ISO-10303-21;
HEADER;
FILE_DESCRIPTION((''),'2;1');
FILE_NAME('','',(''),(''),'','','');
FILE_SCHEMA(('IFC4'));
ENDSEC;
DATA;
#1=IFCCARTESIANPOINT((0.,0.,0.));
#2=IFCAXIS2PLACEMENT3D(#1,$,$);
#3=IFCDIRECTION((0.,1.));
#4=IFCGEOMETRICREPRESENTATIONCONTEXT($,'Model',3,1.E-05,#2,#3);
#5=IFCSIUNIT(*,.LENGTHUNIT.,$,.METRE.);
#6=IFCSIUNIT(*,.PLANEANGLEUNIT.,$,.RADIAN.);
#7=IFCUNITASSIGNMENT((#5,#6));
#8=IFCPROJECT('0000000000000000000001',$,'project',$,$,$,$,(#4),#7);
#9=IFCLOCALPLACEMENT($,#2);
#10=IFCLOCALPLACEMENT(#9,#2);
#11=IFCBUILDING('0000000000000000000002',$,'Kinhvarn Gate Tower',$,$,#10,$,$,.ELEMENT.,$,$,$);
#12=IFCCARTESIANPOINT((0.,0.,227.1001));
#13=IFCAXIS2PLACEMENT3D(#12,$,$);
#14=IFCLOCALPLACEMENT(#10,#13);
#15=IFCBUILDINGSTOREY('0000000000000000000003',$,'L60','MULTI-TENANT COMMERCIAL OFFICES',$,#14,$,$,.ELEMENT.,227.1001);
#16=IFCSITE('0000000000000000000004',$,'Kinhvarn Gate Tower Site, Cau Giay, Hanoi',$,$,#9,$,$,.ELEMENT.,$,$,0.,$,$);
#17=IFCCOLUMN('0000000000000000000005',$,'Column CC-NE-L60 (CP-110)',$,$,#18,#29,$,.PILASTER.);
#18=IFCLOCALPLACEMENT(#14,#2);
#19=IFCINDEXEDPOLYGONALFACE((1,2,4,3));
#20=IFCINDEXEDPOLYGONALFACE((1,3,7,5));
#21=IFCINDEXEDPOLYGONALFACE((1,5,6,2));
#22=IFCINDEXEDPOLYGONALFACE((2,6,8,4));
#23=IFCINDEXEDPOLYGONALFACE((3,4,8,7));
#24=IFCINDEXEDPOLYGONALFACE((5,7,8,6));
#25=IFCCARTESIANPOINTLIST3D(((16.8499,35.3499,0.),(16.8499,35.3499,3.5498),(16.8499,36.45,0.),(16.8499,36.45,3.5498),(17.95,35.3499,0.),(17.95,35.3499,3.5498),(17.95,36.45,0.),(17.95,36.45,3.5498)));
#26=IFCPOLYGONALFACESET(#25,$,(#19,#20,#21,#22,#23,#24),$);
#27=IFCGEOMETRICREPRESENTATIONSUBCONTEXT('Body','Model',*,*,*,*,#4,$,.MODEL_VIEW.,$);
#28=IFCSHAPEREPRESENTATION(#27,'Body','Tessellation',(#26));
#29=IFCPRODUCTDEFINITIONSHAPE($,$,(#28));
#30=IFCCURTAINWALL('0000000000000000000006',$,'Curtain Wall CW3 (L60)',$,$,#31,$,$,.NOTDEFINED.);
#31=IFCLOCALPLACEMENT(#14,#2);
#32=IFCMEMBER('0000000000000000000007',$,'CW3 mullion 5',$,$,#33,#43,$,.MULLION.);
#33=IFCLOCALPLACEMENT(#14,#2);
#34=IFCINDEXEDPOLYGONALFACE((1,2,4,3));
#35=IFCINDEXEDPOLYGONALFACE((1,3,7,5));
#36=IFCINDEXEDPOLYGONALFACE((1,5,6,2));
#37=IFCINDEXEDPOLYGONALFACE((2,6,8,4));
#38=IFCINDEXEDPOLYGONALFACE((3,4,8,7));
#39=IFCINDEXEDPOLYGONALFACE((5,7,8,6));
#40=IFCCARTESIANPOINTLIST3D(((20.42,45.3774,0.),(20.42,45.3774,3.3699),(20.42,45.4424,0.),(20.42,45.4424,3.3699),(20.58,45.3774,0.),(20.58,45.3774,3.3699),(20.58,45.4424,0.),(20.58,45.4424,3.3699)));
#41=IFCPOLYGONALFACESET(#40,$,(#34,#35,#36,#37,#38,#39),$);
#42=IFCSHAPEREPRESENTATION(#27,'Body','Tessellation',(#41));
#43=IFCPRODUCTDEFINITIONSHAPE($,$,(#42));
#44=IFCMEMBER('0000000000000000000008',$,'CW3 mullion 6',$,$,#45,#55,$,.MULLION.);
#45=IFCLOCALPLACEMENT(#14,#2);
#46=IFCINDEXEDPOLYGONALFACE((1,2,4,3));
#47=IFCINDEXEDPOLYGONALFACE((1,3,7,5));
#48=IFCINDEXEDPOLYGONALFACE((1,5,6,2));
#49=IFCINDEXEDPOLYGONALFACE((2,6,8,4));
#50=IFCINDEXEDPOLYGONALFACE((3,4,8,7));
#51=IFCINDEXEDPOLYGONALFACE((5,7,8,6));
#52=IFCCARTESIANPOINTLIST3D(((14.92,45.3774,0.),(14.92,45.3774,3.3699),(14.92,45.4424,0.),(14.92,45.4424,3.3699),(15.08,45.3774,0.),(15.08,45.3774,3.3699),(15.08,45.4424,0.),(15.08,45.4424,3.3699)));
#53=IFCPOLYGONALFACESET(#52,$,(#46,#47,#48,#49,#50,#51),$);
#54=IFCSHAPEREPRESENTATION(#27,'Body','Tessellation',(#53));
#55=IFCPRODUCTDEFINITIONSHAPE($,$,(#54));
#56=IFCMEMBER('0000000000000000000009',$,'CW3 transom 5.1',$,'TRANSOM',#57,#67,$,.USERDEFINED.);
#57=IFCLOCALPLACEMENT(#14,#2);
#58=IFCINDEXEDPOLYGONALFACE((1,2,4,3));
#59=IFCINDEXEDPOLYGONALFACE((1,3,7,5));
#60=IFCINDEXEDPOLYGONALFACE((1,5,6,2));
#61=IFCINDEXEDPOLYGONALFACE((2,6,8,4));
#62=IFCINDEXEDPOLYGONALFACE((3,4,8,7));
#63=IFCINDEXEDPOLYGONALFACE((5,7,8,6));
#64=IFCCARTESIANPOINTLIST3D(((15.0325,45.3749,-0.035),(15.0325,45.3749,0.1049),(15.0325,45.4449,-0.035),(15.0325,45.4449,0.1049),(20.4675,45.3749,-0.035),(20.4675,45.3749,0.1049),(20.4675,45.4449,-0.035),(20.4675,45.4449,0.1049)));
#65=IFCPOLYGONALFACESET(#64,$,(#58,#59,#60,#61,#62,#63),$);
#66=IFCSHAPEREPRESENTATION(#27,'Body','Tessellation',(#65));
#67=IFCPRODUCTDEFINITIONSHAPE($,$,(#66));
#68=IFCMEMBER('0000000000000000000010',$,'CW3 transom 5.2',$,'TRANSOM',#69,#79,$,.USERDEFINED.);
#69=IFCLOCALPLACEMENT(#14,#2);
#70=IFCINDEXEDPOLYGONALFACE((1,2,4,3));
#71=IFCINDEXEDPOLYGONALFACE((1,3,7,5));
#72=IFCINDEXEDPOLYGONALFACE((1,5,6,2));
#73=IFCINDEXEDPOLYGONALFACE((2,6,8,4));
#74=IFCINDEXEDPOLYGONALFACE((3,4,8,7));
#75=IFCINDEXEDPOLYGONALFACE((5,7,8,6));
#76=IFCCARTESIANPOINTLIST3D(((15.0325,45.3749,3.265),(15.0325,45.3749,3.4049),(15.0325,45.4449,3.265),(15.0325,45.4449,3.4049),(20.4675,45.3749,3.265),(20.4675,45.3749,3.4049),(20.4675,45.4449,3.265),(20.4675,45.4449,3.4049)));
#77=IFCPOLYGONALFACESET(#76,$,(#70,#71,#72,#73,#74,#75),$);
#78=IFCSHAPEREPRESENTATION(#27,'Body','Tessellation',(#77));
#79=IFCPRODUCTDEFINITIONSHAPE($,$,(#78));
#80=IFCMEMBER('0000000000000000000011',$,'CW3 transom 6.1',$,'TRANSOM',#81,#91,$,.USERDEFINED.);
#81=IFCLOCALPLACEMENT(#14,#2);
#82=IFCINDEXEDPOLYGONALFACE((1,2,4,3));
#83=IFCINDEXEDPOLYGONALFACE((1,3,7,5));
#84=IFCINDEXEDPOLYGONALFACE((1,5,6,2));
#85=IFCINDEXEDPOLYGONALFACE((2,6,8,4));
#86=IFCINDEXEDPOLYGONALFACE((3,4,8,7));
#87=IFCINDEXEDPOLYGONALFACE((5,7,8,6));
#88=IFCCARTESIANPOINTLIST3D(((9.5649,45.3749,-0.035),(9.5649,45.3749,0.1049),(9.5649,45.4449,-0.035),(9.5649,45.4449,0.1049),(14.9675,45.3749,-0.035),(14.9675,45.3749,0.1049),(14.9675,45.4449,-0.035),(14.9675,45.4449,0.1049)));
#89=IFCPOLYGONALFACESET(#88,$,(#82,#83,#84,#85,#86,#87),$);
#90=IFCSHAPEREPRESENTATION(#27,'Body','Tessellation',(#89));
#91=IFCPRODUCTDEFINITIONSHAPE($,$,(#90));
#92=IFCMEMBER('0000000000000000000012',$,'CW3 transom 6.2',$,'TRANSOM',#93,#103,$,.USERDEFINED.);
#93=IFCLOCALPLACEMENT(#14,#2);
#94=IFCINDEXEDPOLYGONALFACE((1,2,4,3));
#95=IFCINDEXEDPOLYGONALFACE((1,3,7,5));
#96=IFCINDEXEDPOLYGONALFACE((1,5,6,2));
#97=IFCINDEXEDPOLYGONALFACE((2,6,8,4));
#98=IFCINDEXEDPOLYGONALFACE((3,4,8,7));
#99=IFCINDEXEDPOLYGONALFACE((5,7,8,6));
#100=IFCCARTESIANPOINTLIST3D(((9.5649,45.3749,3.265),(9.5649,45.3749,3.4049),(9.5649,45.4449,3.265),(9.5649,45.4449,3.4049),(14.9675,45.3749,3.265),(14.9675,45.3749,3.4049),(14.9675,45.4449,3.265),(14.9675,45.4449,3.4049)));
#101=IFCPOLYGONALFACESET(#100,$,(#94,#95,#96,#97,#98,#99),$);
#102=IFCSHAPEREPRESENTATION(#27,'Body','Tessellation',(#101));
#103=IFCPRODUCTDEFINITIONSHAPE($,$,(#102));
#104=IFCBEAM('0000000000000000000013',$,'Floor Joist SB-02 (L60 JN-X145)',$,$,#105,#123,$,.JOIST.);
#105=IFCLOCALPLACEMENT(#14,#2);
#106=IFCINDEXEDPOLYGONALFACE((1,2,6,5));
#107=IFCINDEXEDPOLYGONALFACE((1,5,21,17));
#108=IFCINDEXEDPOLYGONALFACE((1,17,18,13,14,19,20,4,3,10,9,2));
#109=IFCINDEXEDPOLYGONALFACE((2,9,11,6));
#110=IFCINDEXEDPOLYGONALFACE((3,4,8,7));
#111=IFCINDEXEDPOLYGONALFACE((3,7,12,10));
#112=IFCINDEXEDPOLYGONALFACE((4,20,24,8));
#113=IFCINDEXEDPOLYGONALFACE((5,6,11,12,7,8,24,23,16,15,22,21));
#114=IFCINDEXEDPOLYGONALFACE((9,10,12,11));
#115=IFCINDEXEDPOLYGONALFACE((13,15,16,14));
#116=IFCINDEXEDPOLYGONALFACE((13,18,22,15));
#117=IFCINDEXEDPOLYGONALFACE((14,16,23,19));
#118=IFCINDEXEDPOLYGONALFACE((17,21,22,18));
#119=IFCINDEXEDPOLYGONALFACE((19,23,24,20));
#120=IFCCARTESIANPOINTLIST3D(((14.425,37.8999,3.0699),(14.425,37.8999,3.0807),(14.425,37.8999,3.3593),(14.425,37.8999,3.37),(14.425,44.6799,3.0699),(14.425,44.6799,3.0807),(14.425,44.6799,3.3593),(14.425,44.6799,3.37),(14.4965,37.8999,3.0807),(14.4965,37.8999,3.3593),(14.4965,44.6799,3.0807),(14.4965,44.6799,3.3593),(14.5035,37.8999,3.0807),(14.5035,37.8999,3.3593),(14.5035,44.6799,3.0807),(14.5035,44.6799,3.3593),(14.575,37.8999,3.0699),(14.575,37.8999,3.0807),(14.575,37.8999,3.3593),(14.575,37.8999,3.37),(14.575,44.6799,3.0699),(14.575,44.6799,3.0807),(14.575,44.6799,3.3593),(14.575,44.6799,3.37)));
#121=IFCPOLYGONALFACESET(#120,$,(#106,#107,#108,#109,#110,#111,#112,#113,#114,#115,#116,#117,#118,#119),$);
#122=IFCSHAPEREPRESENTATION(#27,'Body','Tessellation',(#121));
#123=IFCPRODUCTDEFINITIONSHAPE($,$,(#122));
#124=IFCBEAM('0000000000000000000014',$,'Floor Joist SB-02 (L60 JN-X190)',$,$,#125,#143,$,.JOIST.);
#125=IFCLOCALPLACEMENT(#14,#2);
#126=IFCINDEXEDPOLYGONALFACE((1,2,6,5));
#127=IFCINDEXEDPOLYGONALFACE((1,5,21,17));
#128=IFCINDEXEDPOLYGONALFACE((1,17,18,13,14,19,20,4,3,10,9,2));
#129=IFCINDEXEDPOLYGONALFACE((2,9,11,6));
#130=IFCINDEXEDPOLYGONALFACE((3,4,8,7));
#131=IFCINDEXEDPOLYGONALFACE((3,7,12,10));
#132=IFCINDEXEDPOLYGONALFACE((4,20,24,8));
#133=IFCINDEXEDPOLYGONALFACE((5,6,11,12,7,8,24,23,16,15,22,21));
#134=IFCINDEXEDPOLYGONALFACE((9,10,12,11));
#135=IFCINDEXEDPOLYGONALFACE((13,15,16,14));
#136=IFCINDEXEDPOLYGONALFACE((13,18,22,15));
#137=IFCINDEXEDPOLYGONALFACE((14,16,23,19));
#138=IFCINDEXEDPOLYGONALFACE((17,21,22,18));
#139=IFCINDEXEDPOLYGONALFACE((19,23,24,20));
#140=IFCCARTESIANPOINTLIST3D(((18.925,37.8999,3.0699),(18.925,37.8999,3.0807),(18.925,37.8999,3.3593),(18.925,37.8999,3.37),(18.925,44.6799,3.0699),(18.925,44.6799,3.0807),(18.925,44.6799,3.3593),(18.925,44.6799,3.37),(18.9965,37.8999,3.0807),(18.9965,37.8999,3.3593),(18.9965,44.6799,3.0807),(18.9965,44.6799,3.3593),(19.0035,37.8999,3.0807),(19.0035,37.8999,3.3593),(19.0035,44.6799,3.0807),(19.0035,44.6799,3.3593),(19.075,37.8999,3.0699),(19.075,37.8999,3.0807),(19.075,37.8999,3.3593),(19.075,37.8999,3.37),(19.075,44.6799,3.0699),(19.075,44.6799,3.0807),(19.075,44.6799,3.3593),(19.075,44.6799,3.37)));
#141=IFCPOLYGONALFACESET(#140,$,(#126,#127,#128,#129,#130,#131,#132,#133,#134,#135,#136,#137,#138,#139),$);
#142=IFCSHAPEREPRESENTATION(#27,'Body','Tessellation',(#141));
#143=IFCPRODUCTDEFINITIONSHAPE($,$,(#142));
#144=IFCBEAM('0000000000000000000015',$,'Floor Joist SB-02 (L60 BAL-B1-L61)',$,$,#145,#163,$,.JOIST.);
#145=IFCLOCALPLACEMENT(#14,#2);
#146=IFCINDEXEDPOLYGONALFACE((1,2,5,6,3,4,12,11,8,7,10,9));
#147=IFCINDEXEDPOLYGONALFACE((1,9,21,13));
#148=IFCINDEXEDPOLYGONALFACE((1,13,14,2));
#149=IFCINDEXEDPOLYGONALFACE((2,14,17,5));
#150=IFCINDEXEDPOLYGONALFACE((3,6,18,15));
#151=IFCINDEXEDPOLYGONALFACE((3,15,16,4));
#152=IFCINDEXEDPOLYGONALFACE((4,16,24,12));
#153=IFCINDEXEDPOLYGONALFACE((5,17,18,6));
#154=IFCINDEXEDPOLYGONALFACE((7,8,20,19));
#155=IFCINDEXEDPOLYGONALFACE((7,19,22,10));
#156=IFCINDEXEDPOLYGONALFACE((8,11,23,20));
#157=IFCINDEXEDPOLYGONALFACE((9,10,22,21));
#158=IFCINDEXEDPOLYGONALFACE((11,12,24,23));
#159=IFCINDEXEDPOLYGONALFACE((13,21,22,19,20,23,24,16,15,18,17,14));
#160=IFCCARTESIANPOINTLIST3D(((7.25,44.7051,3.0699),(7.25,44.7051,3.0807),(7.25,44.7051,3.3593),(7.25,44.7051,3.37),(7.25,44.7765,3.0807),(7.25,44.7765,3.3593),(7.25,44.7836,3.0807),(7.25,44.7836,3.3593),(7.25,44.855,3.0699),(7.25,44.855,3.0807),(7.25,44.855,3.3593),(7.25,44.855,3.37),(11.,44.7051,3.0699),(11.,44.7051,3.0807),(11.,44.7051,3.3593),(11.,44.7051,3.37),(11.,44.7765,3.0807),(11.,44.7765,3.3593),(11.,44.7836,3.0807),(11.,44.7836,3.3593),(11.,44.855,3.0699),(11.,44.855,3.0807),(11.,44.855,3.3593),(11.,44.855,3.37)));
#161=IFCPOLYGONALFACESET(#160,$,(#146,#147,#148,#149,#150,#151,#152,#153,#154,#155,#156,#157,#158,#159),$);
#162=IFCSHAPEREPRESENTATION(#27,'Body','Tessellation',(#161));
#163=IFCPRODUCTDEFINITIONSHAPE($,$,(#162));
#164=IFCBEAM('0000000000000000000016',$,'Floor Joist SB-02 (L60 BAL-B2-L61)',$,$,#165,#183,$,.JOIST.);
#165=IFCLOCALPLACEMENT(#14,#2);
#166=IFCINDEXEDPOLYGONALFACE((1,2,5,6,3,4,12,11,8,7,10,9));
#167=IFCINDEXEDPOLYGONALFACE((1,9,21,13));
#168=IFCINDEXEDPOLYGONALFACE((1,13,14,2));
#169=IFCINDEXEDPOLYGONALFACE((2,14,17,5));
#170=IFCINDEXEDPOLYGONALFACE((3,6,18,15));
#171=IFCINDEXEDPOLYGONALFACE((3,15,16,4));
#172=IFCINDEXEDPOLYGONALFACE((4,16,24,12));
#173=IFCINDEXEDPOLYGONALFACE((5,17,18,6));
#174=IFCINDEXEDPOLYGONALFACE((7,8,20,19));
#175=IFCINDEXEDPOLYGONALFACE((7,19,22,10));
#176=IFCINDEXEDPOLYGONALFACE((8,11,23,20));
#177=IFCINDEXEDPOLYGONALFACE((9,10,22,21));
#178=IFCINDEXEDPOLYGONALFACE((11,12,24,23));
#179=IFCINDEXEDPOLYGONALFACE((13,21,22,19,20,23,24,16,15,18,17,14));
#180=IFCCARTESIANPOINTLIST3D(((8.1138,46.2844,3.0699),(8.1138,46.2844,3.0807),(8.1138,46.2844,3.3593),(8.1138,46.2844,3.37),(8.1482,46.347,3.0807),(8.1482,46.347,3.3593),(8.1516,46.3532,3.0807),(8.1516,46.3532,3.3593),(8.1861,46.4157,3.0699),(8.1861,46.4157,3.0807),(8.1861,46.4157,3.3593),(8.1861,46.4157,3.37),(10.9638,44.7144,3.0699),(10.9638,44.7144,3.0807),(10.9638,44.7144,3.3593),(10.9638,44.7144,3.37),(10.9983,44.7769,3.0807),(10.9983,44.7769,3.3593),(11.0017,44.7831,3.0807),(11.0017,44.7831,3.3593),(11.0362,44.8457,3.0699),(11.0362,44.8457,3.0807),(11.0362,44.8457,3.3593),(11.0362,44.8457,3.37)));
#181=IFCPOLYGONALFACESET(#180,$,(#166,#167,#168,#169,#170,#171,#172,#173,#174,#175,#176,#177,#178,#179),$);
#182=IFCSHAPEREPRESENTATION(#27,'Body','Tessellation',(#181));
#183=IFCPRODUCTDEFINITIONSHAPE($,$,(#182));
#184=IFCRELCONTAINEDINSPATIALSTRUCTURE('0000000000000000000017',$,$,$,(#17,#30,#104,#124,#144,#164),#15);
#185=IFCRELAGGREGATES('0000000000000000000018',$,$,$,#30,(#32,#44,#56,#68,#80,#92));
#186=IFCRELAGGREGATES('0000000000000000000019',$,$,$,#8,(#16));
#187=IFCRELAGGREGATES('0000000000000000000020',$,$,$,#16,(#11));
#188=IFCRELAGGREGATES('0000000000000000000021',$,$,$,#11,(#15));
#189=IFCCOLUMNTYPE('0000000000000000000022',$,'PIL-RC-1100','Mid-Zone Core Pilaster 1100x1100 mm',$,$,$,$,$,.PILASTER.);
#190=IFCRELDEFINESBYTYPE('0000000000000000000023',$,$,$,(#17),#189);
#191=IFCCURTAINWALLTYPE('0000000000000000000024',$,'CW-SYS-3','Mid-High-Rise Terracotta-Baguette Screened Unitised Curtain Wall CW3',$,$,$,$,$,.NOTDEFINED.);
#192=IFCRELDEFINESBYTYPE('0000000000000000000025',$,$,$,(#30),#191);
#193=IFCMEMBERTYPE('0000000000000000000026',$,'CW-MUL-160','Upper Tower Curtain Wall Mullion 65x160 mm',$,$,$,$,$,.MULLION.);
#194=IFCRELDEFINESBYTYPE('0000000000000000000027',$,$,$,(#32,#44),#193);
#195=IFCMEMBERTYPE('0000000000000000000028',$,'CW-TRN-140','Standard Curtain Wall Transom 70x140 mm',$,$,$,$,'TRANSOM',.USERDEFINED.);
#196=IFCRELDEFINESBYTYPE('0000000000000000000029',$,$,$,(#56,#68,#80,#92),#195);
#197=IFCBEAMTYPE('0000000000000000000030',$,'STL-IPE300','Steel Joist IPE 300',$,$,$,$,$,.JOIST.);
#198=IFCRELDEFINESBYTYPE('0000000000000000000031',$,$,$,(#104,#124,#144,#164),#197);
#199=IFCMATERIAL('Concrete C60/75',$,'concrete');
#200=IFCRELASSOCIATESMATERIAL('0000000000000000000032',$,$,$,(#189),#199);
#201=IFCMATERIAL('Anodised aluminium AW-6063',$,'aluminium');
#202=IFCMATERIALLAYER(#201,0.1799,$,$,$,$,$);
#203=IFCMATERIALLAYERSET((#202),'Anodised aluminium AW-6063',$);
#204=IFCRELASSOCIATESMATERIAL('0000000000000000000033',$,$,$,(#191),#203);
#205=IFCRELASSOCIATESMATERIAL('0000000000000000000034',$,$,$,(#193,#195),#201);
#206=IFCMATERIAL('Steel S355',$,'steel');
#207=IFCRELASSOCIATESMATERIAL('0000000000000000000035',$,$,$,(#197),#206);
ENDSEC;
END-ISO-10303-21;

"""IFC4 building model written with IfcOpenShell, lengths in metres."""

from ifc_helpers import new_model, si_unit, direction, frame, origin, origin_2d, place, context, subcontext, project, spatial, rectangle, i_section, extrude, material, layer, layer_set, material_profile, profile_set, type_object, element, aggregate, save


model = new_model("IFC4")

# Units and contexts
model_context = context("Model", 3, precision=1e-05, world=origin(), true_north=direction((0.0, 1.0)))
body_context = subcontext(model_context, "Body", "Model", "MODEL_VIEW")
ifc_project = project(units=[si_unit("LENGTHUNIT", "METRE"), si_unit("PLANEANGLEUNIT", "RADIAN")], contexts=[model_context])

# Site, building, storey
site_placement = place(None, origin())
site = spatial("IfcSite", under=ifc_project, at=site_placement, Name="Kinhvarn Gate Tower Site, Cau Giay, Hanoi", CompositionType="ELEMENT", RefElevation=0.0)
building_placement = place(site_placement, origin())
building = spatial("IfcBuilding", under=site, at=building_placement, Name="Kinhvarn Gate Tower", CompositionType="ELEMENT")
storey_placement = place(building_placement, frame((0.0, 0.0, 227.1001)))
storey = spatial("IfcBuildingStorey", under=building, at=storey_placement, Name="L60", Description="MULTI-TENANT COMMERCIAL OFFICES", CompositionType="ELEMENT", Elevation=227.1001)

# Column
ifc_material_1 = material(Name="Concrete C60/75", Category="concrete")
ifc_material_profile_1 = material_profile(ifc_material_1, rectangle(XDim=1.1001, YDim=1.1001, at=origin_2d()), Name="RC 1100x1100")
ifc_profile_set_1 = profile_set([ifc_material_profile_1], Name="Concrete C60/75")
column_type = type_object("IfcColumnType", Name="PIL-RC-1100", Description="Mid-Zone Core Pilaster 1100x1100 mm", PredefinedType="PILASTER", material=ifc_profile_set_1)
column_placement = place(storey_placement, frame((17.3999, 35.8999, 0.0), z_axis=(0.0, 0.0, 1.0), x_axis=(1.0, 0.0, 0.0)))
element("IfcColumn", 1, at=column_placement, inside=storey, type_object=column_type, Name="Column CC-NE-L60 (CP-110)", PredefinedType="PILASTER", context=body_context, shape_type="SweptSolid", body=[
    extrude(rectangle(XDim=1.1001, YDim=1.1001, at=origin_2d()), origin(), (0.0, 0.0, 1.0), 3.5498),
])

# Curtain wall, members
ifc_material_2 = material(Name="Anodised aluminium AW-6063", Category="aluminium")
ifc_layer_1 = layer(ifc_material_2, 0.1799)
ifc_layer_set_1 = layer_set([ifc_layer_1], Name="Anodised aluminium AW-6063")
curtain_wall_type = type_object("IfcCurtainWallType", Name="CW-SYS-3", Description="Mid-High-Rise Terracotta-Baguette Screened Unitised Curtain Wall CW3", PredefinedType="NOTDEFINED", material=ifc_layer_set_1)
curtain_wall_placement = place(storey_placement, origin())
curtain_wall = element("IfcCurtainWall", 2, at=curtain_wall_placement, inside=storey, type_object=curtain_wall_type, Name="Curtain Wall CW3 (L60)", PredefinedType="NOTDEFINED")
ifc_material_profile_2 = material_profile(ifc_material_2, rectangle(XDim=0.0649, YDim=0.1599, at=origin_2d()), Name="ALU 65x160")
ifc_profile_set_2 = profile_set([ifc_material_profile_2], Name="Anodised aluminium AW-6063")
member_type_1 = type_object("IfcMemberType", Name="CW-MUL-160", Description="Upper Tower Curtain Wall Mullion 65x160 mm", PredefinedType="MULLION", material=ifc_profile_set_2)
member_1_placement = place(storey_placement, frame((20.5, 45.4099, 0.0), z_axis=(0.0, 0.0, 1.0), x_axis=(0.0, -1.0, 0.0)))
member_1 = element("IfcMember", 3, at=member_1_placement, type_object=member_type_1, Name="CW3 mullion 5", PredefinedType="MULLION", context=body_context, shape_type="SweptSolid", body=[
    extrude(rectangle(XDim=0.0649, YDim=0.1599, at=origin_2d()), origin(), (0.0, 0.0, 1.0), 3.3699),
])
member_2_placement = place(storey_placement, frame((15.0, 45.4099, 0.0), z_axis=(0.0, 0.0, 1.0), x_axis=(0.0, -1.0, 0.0)))
member_2 = element("IfcMember", 4, at=member_2_placement, type_object=member_type_1, Name="CW3 mullion 6", PredefinedType="MULLION", context=body_context, shape_type="SweptSolid", body=[
    extrude(rectangle(XDim=0.0649, YDim=0.1599, at=origin_2d()), origin(), (0.0, 0.0, 1.0), 3.3699),
])
ifc_material_profile_3 = material_profile(ifc_material_2, rectangle(XDim=0.0701, YDim=0.1399, at=origin_2d()), Name="ALU 70x140")
ifc_profile_set_3 = profile_set([ifc_material_profile_3], Name="Anodised aluminium AW-6063")
member_type_2 = type_object("IfcMemberType", Name="CW-TRN-140", Description="Standard Curtain Wall Transom 70x140 mm", ElementType="TRANSOM", PredefinedType="USERDEFINED", material=ifc_profile_set_3)
member_3_placement = place(storey_placement, frame((20.4675, 45.4099, 0.0349), z_axis=(-1.0, 0.0, 0.0), x_axis=(0.0, -1.0, 0.0)))
member_3 = element("IfcMember", 5, at=member_3_placement, type_object=member_type_2, Name="CW3 transom 5.1", ObjectType="TRANSOM", PredefinedType="USERDEFINED", context=body_context, shape_type="SweptSolid", body=[
    extrude(rectangle(XDim=0.0701, YDim=0.1399, at=origin_2d()), origin(), (0.0, 0.0, 1.0), 5.4351),
])
member_4_placement = place(storey_placement, frame((20.4675, 45.4099, 3.335), z_axis=(-1.0, 0.0, 0.0), x_axis=(0.0, -1.0, 0.0)))
member_4 = element("IfcMember", 6, at=member_4_placement, type_object=member_type_2, Name="CW3 transom 5.2", ObjectType="TRANSOM", PredefinedType="USERDEFINED", context=body_context, shape_type="SweptSolid", body=[
    extrude(rectangle(XDim=0.0701, YDim=0.1399, at=origin_2d()), origin(), (0.0, 0.0, 1.0), 5.4351),
])
member_5_placement = place(storey_placement, frame((14.9675, 45.4099, 0.0349), z_axis=(-1.0, 0.0, 0.0), x_axis=(0.0, -1.0, 0.0)))
member_5 = element("IfcMember", 7, at=member_5_placement, type_object=member_type_2, Name="CW3 transom 6.1", ObjectType="TRANSOM", PredefinedType="USERDEFINED", context=body_context, shape_type="SweptSolid", body=[
    extrude(rectangle(XDim=0.0701, YDim=0.1399, at=origin_2d()), origin(), (0.0, 0.0, 1.0), 5.4026),
])
member_6_placement = place(storey_placement, frame((14.9675, 45.4099, 3.335), z_axis=(-1.0, 0.0, 0.0), x_axis=(0.0, -1.0, 0.0)))
member_6 = element("IfcMember", 8, at=member_6_placement, type_object=member_type_2, Name="CW3 transom 6.2", ObjectType="TRANSOM", PredefinedType="USERDEFINED", context=body_context, shape_type="SweptSolid", body=[
    extrude(rectangle(XDim=0.0701, YDim=0.1399, at=origin_2d()), origin(), (0.0, 0.0, 1.0), 5.4026),
])

# Beams
ifc_material_3 = material(Name="Steel S355", Category="steel")
ifc_material_profile_4 = material_profile(ifc_material_3, i_section(OverallWidth=0.1499, OverallDepth=0.3, WebThickness=0.0071, FlangeThickness=0.0107, at=origin_2d()), Name="IPE 300")
ifc_profile_set_4 = profile_set([ifc_material_profile_4], Name="Steel S355")
beam_type_1 = type_object("IfcBeamType", Name="STL-IPE300", Description="Steel Joist IPE 300", PredefinedType="JOIST", material=ifc_profile_set_4)
for number, where, z_axis, x_axis, name in (
    (9, (14.5, 37.8999, 3.22), (0.0, 1.0, 0.0), (-1.0, 0.0, 0.0), "Floor Joist SB-02 (L60 JN-X145)"),
    (10, (19.0, 37.8999, 3.22), (0.0, 1.0, 0.0), (-1.0, 0.0, 0.0), "Floor Joist SB-02 (L60 JN-X190)"),
):
    element("IfcBeam", number, at=place(storey_placement, frame(where, z_axis=z_axis, x_axis=x_axis)), inside=storey, type_object=beam_type_1, Name=name, PredefinedType="JOIST", context=body_context, shape_type="SweptSolid", body=[
        extrude(i_section(OverallWidth=0.1499, OverallDepth=0.3, WebThickness=0.0071, FlangeThickness=0.0107, at=origin_2d()), origin(), (0.0, 0.0, 1.0), 6.78),
    ])
beam_1_placement = place(storey_placement, frame((11.0, 44.78, 3.22), z_axis=(-1.0, 0.0, 0.0), x_axis=(0.0, -1.0, 0.0)))
element("IfcBeam", 11, at=beam_1_placement, inside=storey, type_object=beam_type_1, Name="Floor Joist SB-02 (L60 BAL-B1-L61)", PredefinedType="JOIST", context=body_context, shape_type="SweptSolid", body=[
    extrude(i_section(OverallWidth=0.1499, OverallDepth=0.3, WebThickness=0.0071, FlangeThickness=0.0107, at=origin_2d()), origin(), (0.0, 0.0, 1.0), 3.75),
])
beam_2_placement = place(storey_placement, frame((11.0, 44.78, 3.22), z_axis=(-0.875889, 0.482512, 0.0), x_axis=(-0.482512, -0.875889, 0.0)))
element("IfcBeam", 12, at=beam_2_placement, inside=storey, type_object=beam_type_1, Name="Floor Joist SB-02 (L60 BAL-B2-L61)", PredefinedType="JOIST", context=body_context, shape_type="SweptSolid", body=[
    extrude(i_section(OverallWidth=0.1499, OverallDepth=0.3, WebThickness=0.0071, FlangeThickness=0.0107, at=origin_2d()), origin(), (0.0, 0.0, 1.0), 3.2539),
])

aggregate(curtain_wall, [member_1, member_2, member_3, member_4, member_5, member_6])

save(model, "model.ifc")
